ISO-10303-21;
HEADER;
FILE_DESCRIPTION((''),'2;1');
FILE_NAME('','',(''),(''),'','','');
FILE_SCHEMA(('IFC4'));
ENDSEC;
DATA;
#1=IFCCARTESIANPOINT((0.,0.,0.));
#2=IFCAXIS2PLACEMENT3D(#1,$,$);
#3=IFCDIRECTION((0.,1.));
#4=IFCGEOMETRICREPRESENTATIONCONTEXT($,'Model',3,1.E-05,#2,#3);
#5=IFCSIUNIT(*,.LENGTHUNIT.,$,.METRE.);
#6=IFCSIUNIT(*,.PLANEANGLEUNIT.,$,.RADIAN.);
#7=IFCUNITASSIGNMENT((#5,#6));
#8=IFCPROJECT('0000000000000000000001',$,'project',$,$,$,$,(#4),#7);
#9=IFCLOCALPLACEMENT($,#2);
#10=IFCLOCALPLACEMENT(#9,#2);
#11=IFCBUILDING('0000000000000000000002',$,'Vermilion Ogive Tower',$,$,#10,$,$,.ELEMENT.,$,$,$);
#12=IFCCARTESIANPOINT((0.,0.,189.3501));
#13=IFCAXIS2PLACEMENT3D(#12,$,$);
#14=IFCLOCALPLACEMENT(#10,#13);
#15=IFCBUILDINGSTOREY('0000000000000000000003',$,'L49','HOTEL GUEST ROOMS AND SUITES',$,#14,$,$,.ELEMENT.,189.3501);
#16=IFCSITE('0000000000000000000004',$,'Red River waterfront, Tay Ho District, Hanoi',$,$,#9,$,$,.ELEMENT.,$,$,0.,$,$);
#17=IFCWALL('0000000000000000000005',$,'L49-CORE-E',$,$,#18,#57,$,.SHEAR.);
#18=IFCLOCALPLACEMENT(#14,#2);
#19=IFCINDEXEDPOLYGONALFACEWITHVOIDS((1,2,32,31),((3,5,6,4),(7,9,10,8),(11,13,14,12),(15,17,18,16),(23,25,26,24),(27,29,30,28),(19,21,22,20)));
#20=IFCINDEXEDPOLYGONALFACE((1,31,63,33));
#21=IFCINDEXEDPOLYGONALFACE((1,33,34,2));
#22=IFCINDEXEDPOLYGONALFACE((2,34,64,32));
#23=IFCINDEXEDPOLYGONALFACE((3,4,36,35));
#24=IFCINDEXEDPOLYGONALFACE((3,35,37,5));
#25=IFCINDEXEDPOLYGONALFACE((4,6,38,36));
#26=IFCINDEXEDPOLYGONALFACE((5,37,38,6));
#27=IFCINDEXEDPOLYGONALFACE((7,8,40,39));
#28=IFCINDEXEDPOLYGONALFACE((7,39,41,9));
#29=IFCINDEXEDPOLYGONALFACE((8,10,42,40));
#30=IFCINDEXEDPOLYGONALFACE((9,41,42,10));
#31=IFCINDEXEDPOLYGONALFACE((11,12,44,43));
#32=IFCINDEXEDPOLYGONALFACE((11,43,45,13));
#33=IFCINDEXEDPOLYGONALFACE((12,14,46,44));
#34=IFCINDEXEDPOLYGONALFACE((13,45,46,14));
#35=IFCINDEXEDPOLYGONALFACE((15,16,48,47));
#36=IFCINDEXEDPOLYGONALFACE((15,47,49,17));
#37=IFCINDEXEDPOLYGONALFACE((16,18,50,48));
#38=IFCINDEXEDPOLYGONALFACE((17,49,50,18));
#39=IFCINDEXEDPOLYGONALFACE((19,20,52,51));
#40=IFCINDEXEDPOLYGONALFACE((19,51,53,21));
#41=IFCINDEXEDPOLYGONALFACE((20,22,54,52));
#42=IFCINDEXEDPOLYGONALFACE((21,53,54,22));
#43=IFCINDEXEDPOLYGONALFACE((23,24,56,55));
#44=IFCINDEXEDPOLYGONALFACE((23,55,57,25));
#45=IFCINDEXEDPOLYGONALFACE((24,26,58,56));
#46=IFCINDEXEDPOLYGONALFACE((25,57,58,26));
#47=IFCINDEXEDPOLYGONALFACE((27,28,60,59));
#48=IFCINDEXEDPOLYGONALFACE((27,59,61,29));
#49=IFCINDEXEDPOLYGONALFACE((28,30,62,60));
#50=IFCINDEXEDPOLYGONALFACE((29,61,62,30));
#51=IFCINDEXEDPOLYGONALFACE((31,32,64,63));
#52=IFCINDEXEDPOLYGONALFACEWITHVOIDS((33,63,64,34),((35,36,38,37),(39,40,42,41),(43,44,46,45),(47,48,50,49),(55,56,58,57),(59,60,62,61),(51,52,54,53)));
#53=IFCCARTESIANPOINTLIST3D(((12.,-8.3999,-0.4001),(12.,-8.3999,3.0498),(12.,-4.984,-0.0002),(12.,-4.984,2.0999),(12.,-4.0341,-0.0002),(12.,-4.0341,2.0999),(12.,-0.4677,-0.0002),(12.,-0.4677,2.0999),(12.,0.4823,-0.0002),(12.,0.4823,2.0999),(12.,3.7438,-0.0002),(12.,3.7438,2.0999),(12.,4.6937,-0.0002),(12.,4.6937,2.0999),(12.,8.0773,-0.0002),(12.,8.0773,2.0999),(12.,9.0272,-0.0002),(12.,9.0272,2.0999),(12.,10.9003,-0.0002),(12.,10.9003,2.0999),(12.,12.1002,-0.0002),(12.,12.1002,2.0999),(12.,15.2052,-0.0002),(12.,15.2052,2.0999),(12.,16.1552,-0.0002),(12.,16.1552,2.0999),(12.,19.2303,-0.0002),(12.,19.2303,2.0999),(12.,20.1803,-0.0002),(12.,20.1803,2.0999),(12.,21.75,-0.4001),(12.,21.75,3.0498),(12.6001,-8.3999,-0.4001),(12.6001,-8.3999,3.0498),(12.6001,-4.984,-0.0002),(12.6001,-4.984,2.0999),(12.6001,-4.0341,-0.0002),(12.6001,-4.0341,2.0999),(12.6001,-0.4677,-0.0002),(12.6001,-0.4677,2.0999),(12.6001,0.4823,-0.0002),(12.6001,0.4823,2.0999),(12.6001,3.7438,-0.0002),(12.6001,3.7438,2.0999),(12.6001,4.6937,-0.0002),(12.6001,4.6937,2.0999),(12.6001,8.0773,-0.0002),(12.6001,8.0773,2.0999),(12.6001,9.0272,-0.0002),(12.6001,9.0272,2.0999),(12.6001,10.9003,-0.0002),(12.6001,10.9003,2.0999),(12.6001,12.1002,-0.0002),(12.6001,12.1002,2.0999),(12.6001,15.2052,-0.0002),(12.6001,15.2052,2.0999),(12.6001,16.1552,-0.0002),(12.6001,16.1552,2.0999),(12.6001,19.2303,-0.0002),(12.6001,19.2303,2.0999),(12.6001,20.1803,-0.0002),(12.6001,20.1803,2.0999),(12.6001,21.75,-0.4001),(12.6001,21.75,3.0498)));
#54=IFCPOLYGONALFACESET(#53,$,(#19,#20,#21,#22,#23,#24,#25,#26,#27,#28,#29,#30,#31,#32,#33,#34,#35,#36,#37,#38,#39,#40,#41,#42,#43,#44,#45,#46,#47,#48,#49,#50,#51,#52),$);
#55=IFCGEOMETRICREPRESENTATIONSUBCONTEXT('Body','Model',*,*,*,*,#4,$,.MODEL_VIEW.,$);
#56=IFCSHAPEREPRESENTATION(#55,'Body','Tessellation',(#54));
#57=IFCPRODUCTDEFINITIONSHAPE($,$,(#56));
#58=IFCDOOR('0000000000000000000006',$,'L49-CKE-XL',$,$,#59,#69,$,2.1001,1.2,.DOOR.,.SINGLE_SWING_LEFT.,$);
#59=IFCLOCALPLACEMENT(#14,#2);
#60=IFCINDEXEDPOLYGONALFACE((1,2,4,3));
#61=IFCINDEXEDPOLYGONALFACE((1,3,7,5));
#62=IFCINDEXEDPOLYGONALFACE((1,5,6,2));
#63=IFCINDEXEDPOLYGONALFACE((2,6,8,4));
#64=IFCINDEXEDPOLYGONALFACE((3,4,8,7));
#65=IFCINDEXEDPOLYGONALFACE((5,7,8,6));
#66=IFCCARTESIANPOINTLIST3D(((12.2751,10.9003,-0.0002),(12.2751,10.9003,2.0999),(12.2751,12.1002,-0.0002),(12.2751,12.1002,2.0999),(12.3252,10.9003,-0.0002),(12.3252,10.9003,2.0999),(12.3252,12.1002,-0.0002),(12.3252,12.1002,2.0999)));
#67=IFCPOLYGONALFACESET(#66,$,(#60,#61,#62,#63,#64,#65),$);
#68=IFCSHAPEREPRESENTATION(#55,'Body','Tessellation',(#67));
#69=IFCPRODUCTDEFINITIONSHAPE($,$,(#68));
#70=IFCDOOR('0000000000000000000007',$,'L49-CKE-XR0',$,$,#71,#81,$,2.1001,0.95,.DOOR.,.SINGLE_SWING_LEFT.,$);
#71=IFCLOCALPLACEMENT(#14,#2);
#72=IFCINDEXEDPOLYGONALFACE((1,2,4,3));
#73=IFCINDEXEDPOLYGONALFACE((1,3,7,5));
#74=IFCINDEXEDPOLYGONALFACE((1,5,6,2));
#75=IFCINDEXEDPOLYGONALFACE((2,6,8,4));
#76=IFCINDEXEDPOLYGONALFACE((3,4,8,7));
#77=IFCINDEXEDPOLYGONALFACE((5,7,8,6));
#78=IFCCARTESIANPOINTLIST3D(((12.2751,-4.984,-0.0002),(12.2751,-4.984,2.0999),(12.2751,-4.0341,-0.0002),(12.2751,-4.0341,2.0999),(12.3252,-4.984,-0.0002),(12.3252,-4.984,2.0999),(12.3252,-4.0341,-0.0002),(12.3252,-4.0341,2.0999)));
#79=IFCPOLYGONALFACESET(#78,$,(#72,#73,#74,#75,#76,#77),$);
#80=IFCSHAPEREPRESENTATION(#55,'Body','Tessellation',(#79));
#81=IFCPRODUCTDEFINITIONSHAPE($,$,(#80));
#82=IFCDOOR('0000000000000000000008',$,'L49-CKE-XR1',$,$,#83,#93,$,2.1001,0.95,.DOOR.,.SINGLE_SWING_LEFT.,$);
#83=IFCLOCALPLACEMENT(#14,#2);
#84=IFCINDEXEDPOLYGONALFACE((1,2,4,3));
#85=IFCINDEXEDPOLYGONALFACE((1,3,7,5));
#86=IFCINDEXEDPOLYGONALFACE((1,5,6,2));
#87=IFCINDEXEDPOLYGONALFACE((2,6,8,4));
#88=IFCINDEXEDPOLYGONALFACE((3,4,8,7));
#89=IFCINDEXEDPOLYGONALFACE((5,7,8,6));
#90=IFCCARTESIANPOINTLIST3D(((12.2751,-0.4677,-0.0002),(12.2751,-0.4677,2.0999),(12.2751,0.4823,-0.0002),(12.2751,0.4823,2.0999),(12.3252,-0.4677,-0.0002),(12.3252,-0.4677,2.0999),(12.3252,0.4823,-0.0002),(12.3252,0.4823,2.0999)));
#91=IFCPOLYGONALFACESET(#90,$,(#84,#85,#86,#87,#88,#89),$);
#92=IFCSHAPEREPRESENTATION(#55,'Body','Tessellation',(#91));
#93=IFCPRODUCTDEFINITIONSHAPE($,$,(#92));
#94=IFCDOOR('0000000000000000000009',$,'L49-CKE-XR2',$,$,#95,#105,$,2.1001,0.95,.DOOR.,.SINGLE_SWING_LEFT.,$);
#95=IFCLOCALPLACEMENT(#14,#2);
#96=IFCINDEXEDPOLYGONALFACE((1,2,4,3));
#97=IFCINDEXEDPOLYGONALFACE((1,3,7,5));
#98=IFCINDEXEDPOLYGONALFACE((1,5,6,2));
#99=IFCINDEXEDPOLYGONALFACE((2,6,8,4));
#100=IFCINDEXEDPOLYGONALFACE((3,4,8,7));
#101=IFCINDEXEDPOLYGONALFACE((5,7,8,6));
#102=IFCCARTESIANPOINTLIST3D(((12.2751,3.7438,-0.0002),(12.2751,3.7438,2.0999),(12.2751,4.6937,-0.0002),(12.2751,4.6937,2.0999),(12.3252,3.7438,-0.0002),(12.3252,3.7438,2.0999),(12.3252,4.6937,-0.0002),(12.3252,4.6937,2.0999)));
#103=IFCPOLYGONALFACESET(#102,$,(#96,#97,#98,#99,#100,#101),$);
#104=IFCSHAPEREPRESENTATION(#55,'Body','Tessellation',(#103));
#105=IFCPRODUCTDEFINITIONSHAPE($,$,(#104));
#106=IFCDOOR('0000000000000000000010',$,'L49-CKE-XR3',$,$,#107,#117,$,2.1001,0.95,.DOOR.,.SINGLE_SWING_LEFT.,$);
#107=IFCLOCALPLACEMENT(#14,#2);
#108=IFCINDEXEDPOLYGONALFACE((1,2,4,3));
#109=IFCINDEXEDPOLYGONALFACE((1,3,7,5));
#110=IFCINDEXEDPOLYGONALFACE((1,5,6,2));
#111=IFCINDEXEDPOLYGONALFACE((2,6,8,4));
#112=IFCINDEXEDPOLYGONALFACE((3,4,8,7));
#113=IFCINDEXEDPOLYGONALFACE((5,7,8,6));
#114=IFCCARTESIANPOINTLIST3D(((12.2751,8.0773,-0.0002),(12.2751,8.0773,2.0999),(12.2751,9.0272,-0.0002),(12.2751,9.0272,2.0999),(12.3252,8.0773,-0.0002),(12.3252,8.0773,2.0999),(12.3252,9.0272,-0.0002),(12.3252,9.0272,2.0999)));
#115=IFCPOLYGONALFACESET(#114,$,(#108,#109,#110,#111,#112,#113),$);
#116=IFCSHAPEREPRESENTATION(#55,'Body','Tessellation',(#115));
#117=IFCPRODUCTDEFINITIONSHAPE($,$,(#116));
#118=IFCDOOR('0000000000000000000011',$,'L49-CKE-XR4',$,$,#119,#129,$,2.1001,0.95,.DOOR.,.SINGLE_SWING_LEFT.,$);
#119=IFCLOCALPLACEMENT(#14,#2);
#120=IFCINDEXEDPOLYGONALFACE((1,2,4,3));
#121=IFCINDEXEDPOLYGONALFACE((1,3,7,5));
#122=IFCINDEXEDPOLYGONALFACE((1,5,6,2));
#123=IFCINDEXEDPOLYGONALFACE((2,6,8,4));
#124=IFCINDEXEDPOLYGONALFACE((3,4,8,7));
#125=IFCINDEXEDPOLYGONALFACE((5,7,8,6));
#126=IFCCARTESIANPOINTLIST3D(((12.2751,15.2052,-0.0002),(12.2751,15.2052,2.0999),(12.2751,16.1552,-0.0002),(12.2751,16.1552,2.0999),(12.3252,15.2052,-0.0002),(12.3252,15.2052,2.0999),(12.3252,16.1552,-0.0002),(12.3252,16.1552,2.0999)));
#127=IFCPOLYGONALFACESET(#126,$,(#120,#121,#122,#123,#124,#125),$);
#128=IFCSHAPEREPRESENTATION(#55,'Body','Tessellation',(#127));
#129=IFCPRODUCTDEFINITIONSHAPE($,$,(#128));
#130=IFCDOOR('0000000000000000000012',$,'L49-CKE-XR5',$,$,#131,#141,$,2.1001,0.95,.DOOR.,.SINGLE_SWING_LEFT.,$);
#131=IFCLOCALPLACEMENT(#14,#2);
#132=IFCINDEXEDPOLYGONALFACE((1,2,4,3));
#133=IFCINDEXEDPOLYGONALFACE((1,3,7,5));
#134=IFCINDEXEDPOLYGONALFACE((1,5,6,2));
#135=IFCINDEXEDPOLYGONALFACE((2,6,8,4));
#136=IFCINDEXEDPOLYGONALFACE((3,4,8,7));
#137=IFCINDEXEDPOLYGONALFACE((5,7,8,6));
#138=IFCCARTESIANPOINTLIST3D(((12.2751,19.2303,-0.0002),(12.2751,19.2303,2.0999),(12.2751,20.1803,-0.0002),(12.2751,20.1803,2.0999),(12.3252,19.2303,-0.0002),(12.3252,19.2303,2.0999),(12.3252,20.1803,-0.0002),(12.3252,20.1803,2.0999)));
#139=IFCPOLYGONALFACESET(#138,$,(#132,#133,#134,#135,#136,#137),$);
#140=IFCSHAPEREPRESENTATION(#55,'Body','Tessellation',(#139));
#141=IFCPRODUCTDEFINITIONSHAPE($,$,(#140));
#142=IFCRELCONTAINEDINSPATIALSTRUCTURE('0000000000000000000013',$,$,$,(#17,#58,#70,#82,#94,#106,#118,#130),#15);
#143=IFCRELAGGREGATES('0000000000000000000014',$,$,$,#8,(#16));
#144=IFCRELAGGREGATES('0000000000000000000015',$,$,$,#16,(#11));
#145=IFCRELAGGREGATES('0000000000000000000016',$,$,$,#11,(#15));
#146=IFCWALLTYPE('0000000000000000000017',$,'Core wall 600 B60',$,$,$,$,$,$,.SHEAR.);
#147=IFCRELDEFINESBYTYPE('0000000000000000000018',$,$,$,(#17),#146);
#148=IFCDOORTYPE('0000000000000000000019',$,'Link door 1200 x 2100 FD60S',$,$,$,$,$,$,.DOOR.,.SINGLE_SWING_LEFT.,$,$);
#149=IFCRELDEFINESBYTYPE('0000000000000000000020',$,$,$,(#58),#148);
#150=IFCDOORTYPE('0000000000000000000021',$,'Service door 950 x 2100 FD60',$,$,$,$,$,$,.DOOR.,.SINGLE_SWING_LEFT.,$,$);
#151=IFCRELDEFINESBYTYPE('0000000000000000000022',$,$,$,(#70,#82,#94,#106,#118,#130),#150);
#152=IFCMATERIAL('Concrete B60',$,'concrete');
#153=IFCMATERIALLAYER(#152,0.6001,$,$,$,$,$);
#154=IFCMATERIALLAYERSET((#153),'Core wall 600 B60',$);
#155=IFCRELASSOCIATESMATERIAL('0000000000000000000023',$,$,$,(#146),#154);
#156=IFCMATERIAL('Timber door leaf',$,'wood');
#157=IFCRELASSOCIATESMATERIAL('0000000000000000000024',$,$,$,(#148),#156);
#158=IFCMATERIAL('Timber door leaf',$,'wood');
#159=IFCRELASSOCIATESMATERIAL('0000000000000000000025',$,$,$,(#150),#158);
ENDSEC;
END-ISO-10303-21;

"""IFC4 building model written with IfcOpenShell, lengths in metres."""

from ifc_helpers import new_model, si_unit, direction, frame, frame_2d, origin, place, context, subcontext, project, spatial, rectangle, extrude, material, layer, layer_set, type_object, element, fill, save


model = new_model("IFC4")

# Units and contexts
model_context = context("Model", 3, precision=1e-05, world=origin(), true_north=direction((0.0, 1.0)))
body_context = subcontext(model_context, "Body", "Model", "MODEL_VIEW")
ifc_project = project(units=[si_unit("LENGTHUNIT", "METRE"), si_unit("PLANEANGLEUNIT", "RADIAN")], contexts=[model_context])

# Site, building, storey
site_placement = place(None, origin())
site = spatial("IfcSite", under=ifc_project, at=site_placement, Name="Red River waterfront, Tay Ho District, Hanoi", CompositionType="ELEMENT", RefElevation=0.0)
building_placement = place(site_placement, origin())
building = spatial("IfcBuilding", under=site, at=building_placement, Name="Vermilion Ogive Tower", CompositionType="ELEMENT")
storey_placement = place(building_placement, frame((0.0, 0.0, 189.3501)))
storey = spatial("IfcBuildingStorey", under=building, at=storey_placement, Name="L49", Description="HOTEL GUEST ROOMS AND SUITES", CompositionType="ELEMENT", Elevation=189.3501)

# Wall, openings, doors
ifc_material_1 = material(Name="Concrete B60", Category="concrete")
ifc_layer_1 = layer(ifc_material_1, 0.6001)
ifc_layer_set_1 = layer_set([ifc_layer_1], Name="Core wall 600 B60")
wall_type_1 = type_object("IfcWallType", Name="Core wall 600 B60", PredefinedType="SHEAR", material=ifc_layer_set_1)
wall_1_placement = place(storey_placement, frame((12.3, -8.3999, -0.4001), z_axis=(0.0, 0.0, 1.0), x_axis=(0.0, 1.0, 0.0)))
wall_1 = element("IfcWall", 1, at=wall_1_placement, inside=storey, type_object=wall_type_1, Name="L49-CORE-E", PredefinedType="SHEAR", context=body_context, shape_type="SweptSolid", body=[
    extrude(rectangle(XDim=30.1499, YDim=0.6001, at=frame_2d((15.075, 0.0))), origin(), (0.0, 0.0, 1.0), 3.45),
])
opening_1_placement = place(wall_1_placement, frame((3.4158, 0.0, 0.3999)))
opening_1 = element("IfcOpeningElement", 2, at=opening_1_placement, cuts=wall_1, PredefinedType="OPENING", context=body_context, shape_type="SweptSolid", body=[
    extrude(rectangle(XDim=0.95, YDim=2.1001, at=frame_2d((0.4751, 1.05))), frame((0.0, 0.3101, 0.0), z_axis=(0.0, -1.0, 0.0), x_axis=(1.0, 0.0, 0.0)), (0.0, 0.0, 1.0), 0.6201),
])
opening_2_placement = place(wall_1_placement, frame((7.9321, 0.0, 0.3999)))
opening_2 = element("IfcOpeningElement", 3, at=opening_2_placement, cuts=wall_1, PredefinedType="OPENING", context=body_context, shape_type="SweptSolid", body=[
    extrude(rectangle(XDim=0.95, YDim=2.1001, at=frame_2d((0.4751, 1.05))), frame((0.0, 0.3101, 0.0), z_axis=(0.0, -1.0, 0.0), x_axis=(1.0, 0.0, 0.0)), (0.0, 0.0, 1.0), 0.6201),
])
opening_3_placement = place(wall_1_placement, frame((12.1436, 0.0, 0.3999)))
opening_3 = element("IfcOpeningElement", 4, at=opening_3_placement, cuts=wall_1, PredefinedType="OPENING", context=body_context, shape_type="SweptSolid", body=[
    extrude(rectangle(XDim=0.95, YDim=2.1001, at=frame_2d((0.4751, 1.05))), frame((0.0, 0.3101, 0.0), z_axis=(0.0, -1.0, 0.0), x_axis=(1.0, 0.0, 0.0)), (0.0, 0.0, 1.0), 0.6201),
])
opening_4_placement = place(wall_1_placement, frame((16.4771, 0.0, 0.3999)))
opening_4 = element("IfcOpeningElement", 5, at=opening_4_placement, cuts=wall_1, PredefinedType="OPENING", context=body_context, shape_type="SweptSolid", body=[
    extrude(rectangle(XDim=0.95, YDim=2.1001, at=frame_2d((0.4751, 1.05))), frame((0.0, 0.3101, 0.0), z_axis=(0.0, -1.0, 0.0), x_axis=(1.0, 0.0, 0.0)), (0.0, 0.0, 1.0), 0.6201),
])
opening_5_placement = place(wall_1_placement, frame((23.605, 0.0, 0.3999)))
opening_5 = element("IfcOpeningElement", 6, at=opening_5_placement, cuts=wall_1, PredefinedType="OPENING", context=body_context, shape_type="SweptSolid", body=[
    extrude(rectangle(XDim=0.95, YDim=2.1001, at=frame_2d((0.4751, 1.05))), frame((0.0, 0.3101, 0.0), z_axis=(0.0, -1.0, 0.0), x_axis=(1.0, 0.0, 0.0)), (0.0, 0.0, 1.0), 0.6201),
])
opening_6_placement = place(wall_1_placement, frame((27.6301, 0.0, 0.3999)))
opening_6 = element("IfcOpeningElement", 7, at=opening_6_placement, cuts=wall_1, PredefinedType="OPENING", context=body_context, shape_type="SweptSolid", body=[
    extrude(rectangle(XDim=0.95, YDim=2.1001, at=frame_2d((0.4751, 1.05))), frame((0.0, 0.3101, 0.0), z_axis=(0.0, -1.0, 0.0), x_axis=(1.0, 0.0, 0.0)), (0.0, 0.0, 1.0), 0.6201),
])
opening_7_placement = place(wall_1_placement, frame((19.3, 0.0, 0.3999)))
opening_7 = element("IfcOpeningElement", 8, at=opening_7_placement, cuts=wall_1, PredefinedType="OPENING", context=body_context, shape_type="SweptSolid", body=[
    extrude(rectangle(XDim=1.2, YDim=2.1001, at=frame_2d((0.6001, 1.05))), frame((0.0, 0.3101, 0.0), z_axis=(0.0, -1.0, 0.0), x_axis=(1.0, 0.0, 0.0)), (0.0, 0.0, 1.0), 0.6201),
])
ifc_material_2 = material(Name="Timber door leaf", Category="wood")
door_type_1 = type_object("IfcDoorType", Name="Link door 1200 x 2100 FD60S", OperationType="SINGLE_SWING_LEFT", PredefinedType="DOOR", material=ifc_material_2)
door_1_placement = place(opening_7_placement, origin())
door_1 = element("IfcDoor", 9, at=door_1_placement, inside=storey, type_object=door_type_1, Name="L49-CKE-XL", OperationType="SINGLE_SWING_LEFT", OverallHeight=2.1001, OverallWidth=1.2, PredefinedType="DOOR", context=body_context, shape_type="SweptSolid", body=[
    extrude(rectangle(XDim=1.2, YDim=2.1001, at=frame_2d((0.6001, 1.05))), frame((0.0, 0.0249, 0.0), z_axis=(0.0, -1.0, 0.0), x_axis=(1.0, 0.0, 0.0)), (0.0, 0.0, 1.0), 0.05),
])
fill(opening_7, door_1)
ifc_material_3 = material(Name="Timber door leaf", Category="wood")
door_type_2 = type_object("IfcDoorType", Name="Service door 950 x 2100 FD60", OperationType="SINGLE_SWING_LEFT", PredefinedType="DOOR", material=ifc_material_3)
door_2_placement = place(opening_1_placement, origin())
door_2 = element("IfcDoor", 10, at=door_2_placement, inside=storey, type_object=door_type_2, Name="L49-CKE-XR0", OperationType="SINGLE_SWING_LEFT", OverallHeight=2.1001, OverallWidth=0.95, PredefinedType="DOOR", context=body_context, shape_type="SweptSolid", body=[
    extrude(rectangle(XDim=0.95, YDim=2.1001, at=frame_2d((0.4751, 1.05))), frame((0.0, 0.0249, 0.0), z_axis=(0.0, -1.0, 0.0), x_axis=(1.0, 0.0, 0.0)), (0.0, 0.0, 1.0), 0.05),
])
fill(opening_1, door_2)
door_3_placement = place(opening_2_placement, origin())
door_3 = element("IfcDoor", 11, at=door_3_placement, inside=storey, type_object=door_type_2, Name="L49-CKE-XR1", OperationType="SINGLE_SWING_LEFT", OverallHeight=2.1001, OverallWidth=0.95, PredefinedType="DOOR", context=body_context, shape_type="SweptSolid", body=[
    extrude(rectangle(XDim=0.95, YDim=2.1001, at=frame_2d((0.4751, 1.05))), frame((0.0, 0.0249, 0.0), z_axis=(0.0, -1.0, 0.0), x_axis=(1.0, 0.0, 0.0)), (0.0, 0.0, 1.0), 0.05),
])
fill(opening_2, door_3)
door_4_placement = place(opening_3_placement, origin())
door_4 = element("IfcDoor", 12, at=door_4_placement, inside=storey, type_object=door_type_2, Name="L49-CKE-XR2", OperationType="SINGLE_SWING_LEFT", OverallHeight=2.1001, OverallWidth=0.95, PredefinedType="DOOR", context=body_context, shape_type="SweptSolid", body=[
    extrude(rectangle(XDim=0.95, YDim=2.1001, at=frame_2d((0.4751, 1.05))), frame((0.0, 0.0249, 0.0), z_axis=(0.0, -1.0, 0.0), x_axis=(1.0, 0.0, 0.0)), (0.0, 0.0, 1.0), 0.05),
])
fill(opening_3, door_4)
door_5_placement = place(opening_4_placement, origin())
door_5 = element("IfcDoor", 13, at=door_5_placement, inside=storey, type_object=door_type_2, Name="L49-CKE-XR3", OperationType="SINGLE_SWING_LEFT", OverallHeight=2.1001, OverallWidth=0.95, PredefinedType="DOOR", context=body_context, shape_type="SweptSolid", body=[
    extrude(rectangle(XDim=0.95, YDim=2.1001, at=frame_2d((0.4751, 1.05))), frame((0.0, 0.0249, 0.0), z_axis=(0.0, -1.0, 0.0), x_axis=(1.0, 0.0, 0.0)), (0.0, 0.0, 1.0), 0.05),
])
fill(opening_4, door_5)
door_6_placement = place(opening_5_placement, origin())
door_6 = element("IfcDoor", 14, at=door_6_placement, inside=storey, type_object=door_type_2, Name="L49-CKE-XR4", OperationType="SINGLE_SWING_LEFT", OverallHeight=2.1001, OverallWidth=0.95, PredefinedType="DOOR", context=body_context, shape_type="SweptSolid", body=[
    extrude(rectangle(XDim=0.95, YDim=2.1001, at=frame_2d((0.4751, 1.05))), frame((0.0, 0.0249, 0.0), z_axis=(0.0, -1.0, 0.0), x_axis=(1.0, 0.0, 0.0)), (0.0, 0.0, 1.0), 0.05),
])
fill(opening_5, door_6)
door_7_placement = place(opening_6_placement, origin())
door_7 = element("IfcDoor", 15, at=door_7_placement, inside=storey, type_object=door_type_2, Name="L49-CKE-XR5", OperationType="SINGLE_SWING_LEFT", OverallHeight=2.1001, OverallWidth=0.95, PredefinedType="DOOR", context=body_context, shape_type="SweptSolid", body=[
    extrude(rectangle(XDim=0.95, YDim=2.1001, at=frame_2d((0.4751, 1.05))), frame((0.0, 0.0249, 0.0), z_axis=(0.0, -1.0, 0.0), x_axis=(1.0, 0.0, 0.0)), (0.0, 0.0, 1.0), 0.05),
])
fill(opening_6, door_7)

save(model, "model.ifc")
